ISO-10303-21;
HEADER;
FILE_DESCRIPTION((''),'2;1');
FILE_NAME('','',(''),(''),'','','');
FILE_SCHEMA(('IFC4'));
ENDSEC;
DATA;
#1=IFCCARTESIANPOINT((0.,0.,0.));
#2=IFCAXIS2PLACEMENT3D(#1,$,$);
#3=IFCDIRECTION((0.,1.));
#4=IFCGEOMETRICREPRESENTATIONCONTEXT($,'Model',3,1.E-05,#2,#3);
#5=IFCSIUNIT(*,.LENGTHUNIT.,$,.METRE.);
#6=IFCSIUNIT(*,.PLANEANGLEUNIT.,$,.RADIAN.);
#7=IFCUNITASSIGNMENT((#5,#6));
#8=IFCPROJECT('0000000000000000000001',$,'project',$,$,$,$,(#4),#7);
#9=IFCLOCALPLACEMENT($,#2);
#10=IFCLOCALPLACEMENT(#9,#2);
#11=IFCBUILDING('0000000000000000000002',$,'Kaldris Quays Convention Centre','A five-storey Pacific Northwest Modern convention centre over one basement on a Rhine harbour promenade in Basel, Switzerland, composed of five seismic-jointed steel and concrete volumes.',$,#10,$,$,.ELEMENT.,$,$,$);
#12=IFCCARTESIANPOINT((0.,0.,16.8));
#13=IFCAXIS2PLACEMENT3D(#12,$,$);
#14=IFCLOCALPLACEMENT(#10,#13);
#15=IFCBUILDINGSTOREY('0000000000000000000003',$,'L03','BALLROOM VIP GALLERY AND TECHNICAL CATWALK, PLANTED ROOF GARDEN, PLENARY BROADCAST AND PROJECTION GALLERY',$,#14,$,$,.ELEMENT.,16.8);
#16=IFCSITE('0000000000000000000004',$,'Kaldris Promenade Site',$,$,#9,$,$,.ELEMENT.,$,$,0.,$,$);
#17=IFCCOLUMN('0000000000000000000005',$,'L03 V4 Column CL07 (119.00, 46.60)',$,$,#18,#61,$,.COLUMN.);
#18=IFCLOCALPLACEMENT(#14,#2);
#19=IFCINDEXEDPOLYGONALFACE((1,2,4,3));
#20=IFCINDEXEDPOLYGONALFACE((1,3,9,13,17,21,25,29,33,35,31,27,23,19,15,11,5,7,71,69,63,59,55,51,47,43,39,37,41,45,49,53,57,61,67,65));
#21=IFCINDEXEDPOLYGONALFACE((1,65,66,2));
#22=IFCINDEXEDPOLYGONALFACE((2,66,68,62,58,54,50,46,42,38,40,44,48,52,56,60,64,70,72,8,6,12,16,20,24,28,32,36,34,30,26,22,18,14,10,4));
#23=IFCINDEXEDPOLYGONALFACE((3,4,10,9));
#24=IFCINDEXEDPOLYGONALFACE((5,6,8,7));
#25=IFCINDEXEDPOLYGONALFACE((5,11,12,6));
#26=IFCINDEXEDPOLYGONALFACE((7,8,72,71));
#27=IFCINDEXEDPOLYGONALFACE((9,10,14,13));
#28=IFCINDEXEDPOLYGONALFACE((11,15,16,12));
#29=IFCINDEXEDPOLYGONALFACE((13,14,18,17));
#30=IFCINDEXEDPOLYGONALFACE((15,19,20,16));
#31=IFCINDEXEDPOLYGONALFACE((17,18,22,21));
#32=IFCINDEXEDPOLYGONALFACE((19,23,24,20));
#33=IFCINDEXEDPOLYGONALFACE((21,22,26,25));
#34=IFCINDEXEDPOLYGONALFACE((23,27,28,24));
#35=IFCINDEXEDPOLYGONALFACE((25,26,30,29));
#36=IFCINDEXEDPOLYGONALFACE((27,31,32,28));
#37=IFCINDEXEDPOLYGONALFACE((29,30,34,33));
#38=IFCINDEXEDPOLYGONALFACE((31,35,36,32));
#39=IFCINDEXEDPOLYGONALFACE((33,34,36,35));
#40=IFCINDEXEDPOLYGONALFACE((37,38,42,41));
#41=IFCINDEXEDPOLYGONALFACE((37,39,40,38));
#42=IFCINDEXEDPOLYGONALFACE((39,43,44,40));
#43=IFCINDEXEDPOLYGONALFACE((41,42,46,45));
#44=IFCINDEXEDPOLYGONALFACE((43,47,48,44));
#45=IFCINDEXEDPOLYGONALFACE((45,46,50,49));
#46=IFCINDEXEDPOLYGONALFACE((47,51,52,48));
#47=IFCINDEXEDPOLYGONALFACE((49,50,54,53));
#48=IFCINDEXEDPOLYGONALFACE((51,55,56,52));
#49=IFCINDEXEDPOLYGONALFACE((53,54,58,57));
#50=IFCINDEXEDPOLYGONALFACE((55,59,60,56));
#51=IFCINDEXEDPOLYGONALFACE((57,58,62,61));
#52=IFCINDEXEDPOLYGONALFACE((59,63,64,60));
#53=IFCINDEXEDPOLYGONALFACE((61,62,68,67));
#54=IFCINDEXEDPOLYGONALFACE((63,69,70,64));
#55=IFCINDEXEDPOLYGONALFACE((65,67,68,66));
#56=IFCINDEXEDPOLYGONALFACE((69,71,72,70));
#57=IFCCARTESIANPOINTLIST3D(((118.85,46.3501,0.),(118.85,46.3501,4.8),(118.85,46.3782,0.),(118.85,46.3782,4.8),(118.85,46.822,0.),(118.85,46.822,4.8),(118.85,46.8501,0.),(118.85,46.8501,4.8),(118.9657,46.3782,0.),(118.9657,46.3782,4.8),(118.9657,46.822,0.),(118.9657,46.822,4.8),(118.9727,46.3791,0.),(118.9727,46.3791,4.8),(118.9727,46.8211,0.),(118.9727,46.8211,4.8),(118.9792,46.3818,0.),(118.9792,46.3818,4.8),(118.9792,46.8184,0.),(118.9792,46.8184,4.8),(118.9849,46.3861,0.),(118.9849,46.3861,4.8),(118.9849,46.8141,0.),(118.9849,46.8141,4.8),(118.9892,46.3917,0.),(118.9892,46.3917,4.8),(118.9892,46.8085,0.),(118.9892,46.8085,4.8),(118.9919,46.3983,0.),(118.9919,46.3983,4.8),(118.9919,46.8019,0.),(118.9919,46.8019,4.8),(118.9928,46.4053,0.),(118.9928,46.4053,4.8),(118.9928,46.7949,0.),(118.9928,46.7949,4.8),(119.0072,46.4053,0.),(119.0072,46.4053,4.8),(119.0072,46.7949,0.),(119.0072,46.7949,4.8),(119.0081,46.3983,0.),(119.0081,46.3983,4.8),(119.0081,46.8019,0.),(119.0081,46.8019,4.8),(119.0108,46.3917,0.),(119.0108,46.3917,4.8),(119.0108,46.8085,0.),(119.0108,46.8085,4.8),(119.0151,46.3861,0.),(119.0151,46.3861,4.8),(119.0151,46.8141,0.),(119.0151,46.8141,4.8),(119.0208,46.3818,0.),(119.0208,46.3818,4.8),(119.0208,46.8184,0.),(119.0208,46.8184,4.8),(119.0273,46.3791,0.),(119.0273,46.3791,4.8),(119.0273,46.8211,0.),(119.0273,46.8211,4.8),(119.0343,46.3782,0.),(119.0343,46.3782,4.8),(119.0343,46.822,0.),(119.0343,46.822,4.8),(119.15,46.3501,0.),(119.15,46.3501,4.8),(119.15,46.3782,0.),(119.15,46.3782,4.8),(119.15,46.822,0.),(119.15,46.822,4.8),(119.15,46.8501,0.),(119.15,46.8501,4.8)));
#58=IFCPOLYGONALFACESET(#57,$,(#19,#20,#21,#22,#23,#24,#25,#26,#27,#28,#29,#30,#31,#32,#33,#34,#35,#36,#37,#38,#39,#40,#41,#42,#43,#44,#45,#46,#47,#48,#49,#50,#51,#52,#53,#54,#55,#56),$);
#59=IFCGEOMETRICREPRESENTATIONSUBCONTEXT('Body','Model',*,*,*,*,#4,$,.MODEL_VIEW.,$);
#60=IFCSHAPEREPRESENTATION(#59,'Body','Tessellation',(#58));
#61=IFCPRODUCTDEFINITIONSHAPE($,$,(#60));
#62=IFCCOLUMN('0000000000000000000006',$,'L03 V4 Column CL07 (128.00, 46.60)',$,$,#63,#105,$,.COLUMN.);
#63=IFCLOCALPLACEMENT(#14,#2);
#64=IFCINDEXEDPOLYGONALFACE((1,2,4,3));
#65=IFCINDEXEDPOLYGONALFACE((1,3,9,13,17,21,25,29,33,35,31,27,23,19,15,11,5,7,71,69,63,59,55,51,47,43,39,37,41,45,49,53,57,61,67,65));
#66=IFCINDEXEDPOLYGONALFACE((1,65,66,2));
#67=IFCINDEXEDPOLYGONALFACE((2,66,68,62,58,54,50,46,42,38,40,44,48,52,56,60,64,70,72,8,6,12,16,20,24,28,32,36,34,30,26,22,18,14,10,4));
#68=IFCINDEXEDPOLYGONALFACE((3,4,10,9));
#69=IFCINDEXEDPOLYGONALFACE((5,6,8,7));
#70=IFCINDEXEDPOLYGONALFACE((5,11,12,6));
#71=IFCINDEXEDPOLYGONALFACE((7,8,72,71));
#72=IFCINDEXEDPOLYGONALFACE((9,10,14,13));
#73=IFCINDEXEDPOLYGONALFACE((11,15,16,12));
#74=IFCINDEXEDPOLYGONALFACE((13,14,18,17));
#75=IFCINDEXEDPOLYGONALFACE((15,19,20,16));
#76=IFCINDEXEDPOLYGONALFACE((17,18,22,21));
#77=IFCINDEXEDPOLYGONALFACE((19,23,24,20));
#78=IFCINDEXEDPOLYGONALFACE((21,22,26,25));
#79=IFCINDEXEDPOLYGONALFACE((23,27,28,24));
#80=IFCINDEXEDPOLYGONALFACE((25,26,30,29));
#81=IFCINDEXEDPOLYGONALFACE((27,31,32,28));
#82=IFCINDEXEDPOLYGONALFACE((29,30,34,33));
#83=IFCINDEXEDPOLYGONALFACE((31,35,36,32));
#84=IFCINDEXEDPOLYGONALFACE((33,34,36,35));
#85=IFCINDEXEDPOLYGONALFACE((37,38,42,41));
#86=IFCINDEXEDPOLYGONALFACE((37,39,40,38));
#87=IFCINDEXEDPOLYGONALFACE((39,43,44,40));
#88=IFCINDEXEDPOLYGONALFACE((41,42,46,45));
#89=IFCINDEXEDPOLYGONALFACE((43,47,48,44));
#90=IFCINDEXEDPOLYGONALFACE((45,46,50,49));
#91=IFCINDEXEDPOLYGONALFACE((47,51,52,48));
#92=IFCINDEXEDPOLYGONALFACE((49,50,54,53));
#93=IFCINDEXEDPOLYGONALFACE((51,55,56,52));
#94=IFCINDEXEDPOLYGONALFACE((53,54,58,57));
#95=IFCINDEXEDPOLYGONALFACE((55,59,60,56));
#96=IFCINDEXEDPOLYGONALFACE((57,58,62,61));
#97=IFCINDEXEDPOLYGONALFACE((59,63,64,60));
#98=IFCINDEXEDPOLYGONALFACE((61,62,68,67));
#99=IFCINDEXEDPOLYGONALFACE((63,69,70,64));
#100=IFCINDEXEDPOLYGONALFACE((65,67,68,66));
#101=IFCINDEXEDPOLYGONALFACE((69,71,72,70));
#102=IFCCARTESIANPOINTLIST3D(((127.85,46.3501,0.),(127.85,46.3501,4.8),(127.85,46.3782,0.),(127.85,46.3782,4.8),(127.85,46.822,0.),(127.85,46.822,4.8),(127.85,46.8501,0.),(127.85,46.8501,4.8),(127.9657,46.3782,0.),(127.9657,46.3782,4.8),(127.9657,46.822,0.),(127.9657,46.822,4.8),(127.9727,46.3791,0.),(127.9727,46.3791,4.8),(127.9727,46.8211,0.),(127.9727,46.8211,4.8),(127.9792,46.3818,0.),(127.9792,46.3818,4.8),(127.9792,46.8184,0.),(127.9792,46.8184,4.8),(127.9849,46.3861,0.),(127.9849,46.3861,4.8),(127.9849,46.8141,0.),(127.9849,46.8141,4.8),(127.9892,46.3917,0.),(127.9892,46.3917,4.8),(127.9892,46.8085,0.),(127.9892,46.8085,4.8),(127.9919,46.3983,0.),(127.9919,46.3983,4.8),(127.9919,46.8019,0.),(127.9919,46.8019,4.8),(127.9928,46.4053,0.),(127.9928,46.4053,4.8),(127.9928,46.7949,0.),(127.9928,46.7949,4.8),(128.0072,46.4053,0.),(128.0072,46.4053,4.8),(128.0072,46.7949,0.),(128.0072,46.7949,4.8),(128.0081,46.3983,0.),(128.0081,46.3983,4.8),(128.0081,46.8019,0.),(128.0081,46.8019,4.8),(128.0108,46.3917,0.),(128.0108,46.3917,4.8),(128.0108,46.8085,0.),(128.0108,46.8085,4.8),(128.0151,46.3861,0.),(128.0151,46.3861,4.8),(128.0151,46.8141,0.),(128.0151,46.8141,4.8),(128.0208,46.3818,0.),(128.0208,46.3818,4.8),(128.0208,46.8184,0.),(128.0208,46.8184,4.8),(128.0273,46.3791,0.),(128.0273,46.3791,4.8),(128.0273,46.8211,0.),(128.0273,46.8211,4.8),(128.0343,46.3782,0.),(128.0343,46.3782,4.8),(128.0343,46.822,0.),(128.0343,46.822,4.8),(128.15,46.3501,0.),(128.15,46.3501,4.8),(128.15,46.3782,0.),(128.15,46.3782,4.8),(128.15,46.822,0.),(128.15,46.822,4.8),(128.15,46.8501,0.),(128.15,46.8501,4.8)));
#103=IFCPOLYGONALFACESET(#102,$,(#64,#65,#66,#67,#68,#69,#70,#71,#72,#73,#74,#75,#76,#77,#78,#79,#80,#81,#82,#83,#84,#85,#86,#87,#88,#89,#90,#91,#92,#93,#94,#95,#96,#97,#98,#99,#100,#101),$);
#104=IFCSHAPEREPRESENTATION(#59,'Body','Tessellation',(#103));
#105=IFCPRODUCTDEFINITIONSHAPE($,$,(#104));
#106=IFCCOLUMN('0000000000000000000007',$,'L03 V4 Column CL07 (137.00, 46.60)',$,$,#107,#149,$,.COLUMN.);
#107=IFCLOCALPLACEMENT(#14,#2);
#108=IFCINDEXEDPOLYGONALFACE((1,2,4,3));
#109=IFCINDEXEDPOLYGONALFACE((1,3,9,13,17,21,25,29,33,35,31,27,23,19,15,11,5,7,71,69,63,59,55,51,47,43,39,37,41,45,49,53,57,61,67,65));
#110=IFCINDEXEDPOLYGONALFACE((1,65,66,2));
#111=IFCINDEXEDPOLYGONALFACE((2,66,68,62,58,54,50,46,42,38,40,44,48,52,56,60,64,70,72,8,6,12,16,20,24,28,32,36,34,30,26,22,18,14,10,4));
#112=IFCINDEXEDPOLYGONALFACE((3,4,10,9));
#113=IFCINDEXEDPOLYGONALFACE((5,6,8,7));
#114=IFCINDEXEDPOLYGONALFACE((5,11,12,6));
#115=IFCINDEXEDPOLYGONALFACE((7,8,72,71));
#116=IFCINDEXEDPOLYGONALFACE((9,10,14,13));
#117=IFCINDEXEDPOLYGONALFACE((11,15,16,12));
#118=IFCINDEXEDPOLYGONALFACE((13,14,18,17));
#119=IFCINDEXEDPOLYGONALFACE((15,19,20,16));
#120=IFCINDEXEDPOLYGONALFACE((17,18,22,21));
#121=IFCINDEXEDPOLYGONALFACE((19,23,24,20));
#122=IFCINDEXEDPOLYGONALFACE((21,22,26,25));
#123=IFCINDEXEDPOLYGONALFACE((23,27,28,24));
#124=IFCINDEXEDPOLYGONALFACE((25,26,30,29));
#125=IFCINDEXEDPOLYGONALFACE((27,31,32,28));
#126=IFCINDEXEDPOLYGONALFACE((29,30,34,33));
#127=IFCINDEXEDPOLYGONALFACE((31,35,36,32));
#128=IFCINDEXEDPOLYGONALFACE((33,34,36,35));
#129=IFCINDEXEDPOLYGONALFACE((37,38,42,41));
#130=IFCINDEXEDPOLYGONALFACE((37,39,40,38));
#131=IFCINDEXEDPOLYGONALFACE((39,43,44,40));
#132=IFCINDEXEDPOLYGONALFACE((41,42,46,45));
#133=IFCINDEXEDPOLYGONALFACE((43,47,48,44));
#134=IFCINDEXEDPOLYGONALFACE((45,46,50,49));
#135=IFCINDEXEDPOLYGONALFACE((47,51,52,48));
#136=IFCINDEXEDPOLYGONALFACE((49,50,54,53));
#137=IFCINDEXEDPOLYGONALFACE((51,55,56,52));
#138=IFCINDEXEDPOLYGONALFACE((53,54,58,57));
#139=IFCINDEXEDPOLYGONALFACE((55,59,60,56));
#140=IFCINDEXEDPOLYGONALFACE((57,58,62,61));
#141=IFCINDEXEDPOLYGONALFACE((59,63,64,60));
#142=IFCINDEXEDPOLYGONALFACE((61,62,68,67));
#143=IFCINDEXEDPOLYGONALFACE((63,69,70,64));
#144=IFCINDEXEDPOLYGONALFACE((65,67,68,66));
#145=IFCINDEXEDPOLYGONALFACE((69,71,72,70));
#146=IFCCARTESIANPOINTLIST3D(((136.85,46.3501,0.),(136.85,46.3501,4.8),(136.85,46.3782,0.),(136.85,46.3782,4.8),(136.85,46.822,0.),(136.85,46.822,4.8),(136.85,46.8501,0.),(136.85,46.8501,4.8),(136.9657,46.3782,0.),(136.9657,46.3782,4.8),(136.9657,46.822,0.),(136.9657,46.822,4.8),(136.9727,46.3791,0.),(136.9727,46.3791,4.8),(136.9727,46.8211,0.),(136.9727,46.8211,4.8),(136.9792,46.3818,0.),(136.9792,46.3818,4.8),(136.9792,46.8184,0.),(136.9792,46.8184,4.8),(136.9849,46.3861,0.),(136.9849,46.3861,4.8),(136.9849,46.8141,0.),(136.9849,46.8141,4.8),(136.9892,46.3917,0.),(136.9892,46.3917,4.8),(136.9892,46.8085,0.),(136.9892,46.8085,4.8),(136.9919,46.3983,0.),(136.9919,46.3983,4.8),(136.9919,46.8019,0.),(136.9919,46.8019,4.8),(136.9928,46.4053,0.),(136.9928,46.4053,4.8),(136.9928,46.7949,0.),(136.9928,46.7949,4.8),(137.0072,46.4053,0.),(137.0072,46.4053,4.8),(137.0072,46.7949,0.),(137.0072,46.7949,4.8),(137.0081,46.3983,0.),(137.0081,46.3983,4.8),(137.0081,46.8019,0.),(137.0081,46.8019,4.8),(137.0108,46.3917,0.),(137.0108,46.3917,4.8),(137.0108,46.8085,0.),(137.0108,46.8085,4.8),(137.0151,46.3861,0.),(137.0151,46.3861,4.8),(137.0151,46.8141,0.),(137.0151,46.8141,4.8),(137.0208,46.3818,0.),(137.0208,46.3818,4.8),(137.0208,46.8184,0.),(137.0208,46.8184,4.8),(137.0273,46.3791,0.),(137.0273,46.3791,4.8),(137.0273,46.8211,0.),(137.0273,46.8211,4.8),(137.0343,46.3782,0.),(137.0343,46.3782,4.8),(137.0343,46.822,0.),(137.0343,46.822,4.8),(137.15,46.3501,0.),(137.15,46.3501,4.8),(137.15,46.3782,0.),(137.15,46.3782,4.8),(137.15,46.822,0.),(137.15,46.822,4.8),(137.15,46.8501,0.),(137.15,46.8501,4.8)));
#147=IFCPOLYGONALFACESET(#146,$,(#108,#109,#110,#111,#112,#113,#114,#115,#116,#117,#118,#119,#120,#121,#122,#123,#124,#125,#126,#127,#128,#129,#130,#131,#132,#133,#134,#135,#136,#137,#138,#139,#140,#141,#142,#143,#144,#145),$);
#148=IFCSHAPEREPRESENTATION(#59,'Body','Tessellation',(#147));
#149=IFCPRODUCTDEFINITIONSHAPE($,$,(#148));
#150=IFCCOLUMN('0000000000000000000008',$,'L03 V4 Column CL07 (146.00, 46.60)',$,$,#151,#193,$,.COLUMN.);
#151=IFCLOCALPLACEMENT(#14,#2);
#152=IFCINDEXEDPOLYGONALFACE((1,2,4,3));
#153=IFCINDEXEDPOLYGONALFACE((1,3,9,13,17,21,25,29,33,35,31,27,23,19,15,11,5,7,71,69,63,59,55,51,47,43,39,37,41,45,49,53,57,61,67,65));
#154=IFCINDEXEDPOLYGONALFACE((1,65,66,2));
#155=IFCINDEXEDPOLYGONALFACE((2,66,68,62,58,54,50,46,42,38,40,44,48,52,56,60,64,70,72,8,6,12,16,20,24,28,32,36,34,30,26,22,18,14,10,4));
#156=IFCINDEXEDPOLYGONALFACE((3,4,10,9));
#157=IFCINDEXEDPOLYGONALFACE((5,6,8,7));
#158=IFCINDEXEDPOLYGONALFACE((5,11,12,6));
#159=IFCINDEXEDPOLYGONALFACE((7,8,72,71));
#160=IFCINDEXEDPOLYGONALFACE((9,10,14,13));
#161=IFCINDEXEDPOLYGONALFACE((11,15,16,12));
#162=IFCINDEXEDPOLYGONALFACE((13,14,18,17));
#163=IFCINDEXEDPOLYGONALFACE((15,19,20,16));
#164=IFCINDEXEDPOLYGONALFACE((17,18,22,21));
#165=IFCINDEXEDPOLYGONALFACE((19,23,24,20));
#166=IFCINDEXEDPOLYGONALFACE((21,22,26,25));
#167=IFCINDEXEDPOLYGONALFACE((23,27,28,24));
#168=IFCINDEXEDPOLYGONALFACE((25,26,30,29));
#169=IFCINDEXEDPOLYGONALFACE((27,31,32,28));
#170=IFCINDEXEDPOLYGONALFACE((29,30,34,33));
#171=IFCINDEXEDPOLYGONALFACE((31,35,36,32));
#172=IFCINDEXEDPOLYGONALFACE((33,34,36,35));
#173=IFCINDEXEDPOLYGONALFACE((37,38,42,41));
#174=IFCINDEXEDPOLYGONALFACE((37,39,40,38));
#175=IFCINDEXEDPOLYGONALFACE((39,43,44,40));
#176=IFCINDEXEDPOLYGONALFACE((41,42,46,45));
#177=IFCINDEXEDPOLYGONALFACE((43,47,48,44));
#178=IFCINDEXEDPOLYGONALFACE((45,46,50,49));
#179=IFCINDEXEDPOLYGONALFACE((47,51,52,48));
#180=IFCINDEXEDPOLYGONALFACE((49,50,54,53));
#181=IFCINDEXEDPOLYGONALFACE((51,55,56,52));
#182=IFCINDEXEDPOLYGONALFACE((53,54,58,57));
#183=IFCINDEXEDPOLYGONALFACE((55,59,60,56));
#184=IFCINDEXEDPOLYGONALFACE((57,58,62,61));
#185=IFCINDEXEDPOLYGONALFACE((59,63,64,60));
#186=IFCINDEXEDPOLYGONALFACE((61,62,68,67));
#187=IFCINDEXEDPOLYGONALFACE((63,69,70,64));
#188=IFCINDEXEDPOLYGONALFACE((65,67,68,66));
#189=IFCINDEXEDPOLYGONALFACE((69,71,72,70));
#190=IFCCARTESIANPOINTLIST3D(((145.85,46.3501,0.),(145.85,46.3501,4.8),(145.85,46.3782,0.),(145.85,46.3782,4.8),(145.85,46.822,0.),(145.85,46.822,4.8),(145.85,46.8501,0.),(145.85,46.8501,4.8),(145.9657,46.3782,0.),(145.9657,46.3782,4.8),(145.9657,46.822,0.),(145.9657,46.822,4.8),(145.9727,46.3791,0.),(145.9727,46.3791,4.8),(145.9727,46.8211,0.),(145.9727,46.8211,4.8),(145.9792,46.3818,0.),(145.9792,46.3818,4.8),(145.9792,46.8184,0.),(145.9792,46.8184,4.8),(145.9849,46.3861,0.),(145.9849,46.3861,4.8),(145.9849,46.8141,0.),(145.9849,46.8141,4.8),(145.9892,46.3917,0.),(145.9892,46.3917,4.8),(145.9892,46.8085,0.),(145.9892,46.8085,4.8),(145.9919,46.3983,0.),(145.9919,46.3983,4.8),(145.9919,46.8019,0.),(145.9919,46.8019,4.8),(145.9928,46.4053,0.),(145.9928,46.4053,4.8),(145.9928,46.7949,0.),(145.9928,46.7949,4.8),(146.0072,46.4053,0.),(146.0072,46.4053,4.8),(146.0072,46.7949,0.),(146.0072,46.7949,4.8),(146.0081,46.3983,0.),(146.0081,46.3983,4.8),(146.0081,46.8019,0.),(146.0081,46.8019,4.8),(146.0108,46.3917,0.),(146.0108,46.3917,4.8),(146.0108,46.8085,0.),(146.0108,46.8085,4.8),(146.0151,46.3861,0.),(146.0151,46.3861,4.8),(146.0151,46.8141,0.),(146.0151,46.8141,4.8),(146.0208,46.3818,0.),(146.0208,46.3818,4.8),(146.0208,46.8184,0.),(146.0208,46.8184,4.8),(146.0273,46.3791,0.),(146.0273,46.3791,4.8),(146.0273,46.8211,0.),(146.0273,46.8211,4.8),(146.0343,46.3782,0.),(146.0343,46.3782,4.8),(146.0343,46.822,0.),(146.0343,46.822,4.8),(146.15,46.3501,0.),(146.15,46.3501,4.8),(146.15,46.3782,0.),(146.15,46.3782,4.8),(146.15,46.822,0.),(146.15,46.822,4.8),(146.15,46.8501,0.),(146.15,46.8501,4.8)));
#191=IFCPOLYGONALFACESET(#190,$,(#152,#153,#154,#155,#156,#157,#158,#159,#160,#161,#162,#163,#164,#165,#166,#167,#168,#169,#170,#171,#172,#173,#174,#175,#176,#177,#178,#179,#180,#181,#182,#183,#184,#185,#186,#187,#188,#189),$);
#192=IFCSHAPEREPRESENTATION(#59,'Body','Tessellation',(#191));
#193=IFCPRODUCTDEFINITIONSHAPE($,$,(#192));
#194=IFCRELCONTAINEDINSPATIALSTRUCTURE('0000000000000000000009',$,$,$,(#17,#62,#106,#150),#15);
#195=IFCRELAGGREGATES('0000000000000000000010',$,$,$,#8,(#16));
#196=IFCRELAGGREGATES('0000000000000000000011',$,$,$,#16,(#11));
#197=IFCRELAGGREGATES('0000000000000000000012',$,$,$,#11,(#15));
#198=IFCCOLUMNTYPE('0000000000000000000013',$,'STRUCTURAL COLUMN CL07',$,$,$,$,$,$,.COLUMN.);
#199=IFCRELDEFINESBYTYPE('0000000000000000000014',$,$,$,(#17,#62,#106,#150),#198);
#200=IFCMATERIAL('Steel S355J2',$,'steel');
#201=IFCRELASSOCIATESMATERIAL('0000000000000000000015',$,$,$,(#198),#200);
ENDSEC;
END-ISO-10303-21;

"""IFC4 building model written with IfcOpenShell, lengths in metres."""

from ifc_helpers import new_model, si_unit, direction, frame, origin, origin_2d, place, context, subcontext, project, spatial, i_section, extrude, material, material_profile, profile_set, type_object, element, save


model = new_model("IFC4")

# Units and contexts
model_context = context("Model", 3, precision=1e-05, world=origin(), true_north=direction((0.0, 1.0)))
body_context = subcontext(model_context, "Body", "Model", "MODEL_VIEW")
ifc_project = project(units=[si_unit("LENGTHUNIT", "METRE"), si_unit("PLANEANGLEUNIT", "RADIAN")], contexts=[model_context])

# Site, building, storey
site_placement = place(None, origin())
site = spatial("IfcSite", under=ifc_project, at=site_placement, Name="Kaldris Promenade Site", CompositionType="ELEMENT", RefElevation=0.0)
building_placement = place(site_placement, origin())
building = spatial("IfcBuilding", under=site, at=building_placement, Name="Kaldris Quays Convention Centre", Description="A five-storey Pacific Northwest Modern convention centre over one basement on a Rhine harbour promenade in Basel, Switzerland, composed of five seismic-jointed steel and concrete volumes.", CompositionType="ELEMENT")
storey_placement = place(building_placement, frame((0.0, 0.0, 16.8)))
storey = spatial("IfcBuildingStorey", under=building, at=storey_placement, Name="L03", Description="BALLROOM VIP GALLERY AND TECHNICAL CATWALK, PLANTED ROOF GARDEN, PLENARY BROADCAST AND PROJECTION GALLERY", CompositionType="ELEMENT", Elevation=16.8)

# Columns
ifc_material_1 = material(Name="Steel S355J2", Category="steel")
ifc_material_profile_1 = material_profile(ifc_material_1, i_section(OverallWidth=0.3, OverallDepth=0.5, WebThickness=0.0144, FlangeThickness=0.0281, FilletRadius=0.0271, at=origin_2d()), Name="HEB 500")
ifc_profile_set_1 = profile_set([ifc_material_profile_1], Name="Steel S355J2")
column_type_1 = type_object("IfcColumnType", Name="STRUCTURAL COLUMN CL07", PredefinedType="COLUMN", material=ifc_profile_set_1)
for number, where, z_axis, x_axis, name in (
    (1, (119.0, 46.6001, 0.0), (0.0, 0.0, 1.0), (1.0, 0.0, 0.0), "L03 V4 Column CL07 (119.00, 46.60)"),
    (2, (128.0, 46.6001, 0.0), (0.0, 0.0, 1.0), (1.0, 0.0, 0.0), "L03 V4 Column CL07 (128.00, 46.60)"),
    (3, (137.0, 46.6001, 0.0), (0.0, 0.0, 1.0), (1.0, 0.0, 0.0), "L03 V4 Column CL07 (137.00, 46.60)"),
    (4, (146.0, 46.6001, 0.0), (0.0, 0.0, 1.0), (1.0, 0.0, 0.0), "L03 V4 Column CL07 (146.00, 46.60)"),
):
    element("IfcColumn", number, at=place(storey_placement, frame(where, z_axis=z_axis, x_axis=x_axis)), inside=storey, type_object=column_type_1, Name=name, PredefinedType="COLUMN", context=body_context, shape_type="SweptSolid", body=[
        extrude(i_section(OverallWidth=0.3, OverallDepth=0.5, WebThickness=0.0144, FlangeThickness=0.0281, FilletRadius=0.0271, at=origin_2d()), origin(), (0.0, 0.0, 1.0), 4.8),
    ])

save(model, "model.ifc")
